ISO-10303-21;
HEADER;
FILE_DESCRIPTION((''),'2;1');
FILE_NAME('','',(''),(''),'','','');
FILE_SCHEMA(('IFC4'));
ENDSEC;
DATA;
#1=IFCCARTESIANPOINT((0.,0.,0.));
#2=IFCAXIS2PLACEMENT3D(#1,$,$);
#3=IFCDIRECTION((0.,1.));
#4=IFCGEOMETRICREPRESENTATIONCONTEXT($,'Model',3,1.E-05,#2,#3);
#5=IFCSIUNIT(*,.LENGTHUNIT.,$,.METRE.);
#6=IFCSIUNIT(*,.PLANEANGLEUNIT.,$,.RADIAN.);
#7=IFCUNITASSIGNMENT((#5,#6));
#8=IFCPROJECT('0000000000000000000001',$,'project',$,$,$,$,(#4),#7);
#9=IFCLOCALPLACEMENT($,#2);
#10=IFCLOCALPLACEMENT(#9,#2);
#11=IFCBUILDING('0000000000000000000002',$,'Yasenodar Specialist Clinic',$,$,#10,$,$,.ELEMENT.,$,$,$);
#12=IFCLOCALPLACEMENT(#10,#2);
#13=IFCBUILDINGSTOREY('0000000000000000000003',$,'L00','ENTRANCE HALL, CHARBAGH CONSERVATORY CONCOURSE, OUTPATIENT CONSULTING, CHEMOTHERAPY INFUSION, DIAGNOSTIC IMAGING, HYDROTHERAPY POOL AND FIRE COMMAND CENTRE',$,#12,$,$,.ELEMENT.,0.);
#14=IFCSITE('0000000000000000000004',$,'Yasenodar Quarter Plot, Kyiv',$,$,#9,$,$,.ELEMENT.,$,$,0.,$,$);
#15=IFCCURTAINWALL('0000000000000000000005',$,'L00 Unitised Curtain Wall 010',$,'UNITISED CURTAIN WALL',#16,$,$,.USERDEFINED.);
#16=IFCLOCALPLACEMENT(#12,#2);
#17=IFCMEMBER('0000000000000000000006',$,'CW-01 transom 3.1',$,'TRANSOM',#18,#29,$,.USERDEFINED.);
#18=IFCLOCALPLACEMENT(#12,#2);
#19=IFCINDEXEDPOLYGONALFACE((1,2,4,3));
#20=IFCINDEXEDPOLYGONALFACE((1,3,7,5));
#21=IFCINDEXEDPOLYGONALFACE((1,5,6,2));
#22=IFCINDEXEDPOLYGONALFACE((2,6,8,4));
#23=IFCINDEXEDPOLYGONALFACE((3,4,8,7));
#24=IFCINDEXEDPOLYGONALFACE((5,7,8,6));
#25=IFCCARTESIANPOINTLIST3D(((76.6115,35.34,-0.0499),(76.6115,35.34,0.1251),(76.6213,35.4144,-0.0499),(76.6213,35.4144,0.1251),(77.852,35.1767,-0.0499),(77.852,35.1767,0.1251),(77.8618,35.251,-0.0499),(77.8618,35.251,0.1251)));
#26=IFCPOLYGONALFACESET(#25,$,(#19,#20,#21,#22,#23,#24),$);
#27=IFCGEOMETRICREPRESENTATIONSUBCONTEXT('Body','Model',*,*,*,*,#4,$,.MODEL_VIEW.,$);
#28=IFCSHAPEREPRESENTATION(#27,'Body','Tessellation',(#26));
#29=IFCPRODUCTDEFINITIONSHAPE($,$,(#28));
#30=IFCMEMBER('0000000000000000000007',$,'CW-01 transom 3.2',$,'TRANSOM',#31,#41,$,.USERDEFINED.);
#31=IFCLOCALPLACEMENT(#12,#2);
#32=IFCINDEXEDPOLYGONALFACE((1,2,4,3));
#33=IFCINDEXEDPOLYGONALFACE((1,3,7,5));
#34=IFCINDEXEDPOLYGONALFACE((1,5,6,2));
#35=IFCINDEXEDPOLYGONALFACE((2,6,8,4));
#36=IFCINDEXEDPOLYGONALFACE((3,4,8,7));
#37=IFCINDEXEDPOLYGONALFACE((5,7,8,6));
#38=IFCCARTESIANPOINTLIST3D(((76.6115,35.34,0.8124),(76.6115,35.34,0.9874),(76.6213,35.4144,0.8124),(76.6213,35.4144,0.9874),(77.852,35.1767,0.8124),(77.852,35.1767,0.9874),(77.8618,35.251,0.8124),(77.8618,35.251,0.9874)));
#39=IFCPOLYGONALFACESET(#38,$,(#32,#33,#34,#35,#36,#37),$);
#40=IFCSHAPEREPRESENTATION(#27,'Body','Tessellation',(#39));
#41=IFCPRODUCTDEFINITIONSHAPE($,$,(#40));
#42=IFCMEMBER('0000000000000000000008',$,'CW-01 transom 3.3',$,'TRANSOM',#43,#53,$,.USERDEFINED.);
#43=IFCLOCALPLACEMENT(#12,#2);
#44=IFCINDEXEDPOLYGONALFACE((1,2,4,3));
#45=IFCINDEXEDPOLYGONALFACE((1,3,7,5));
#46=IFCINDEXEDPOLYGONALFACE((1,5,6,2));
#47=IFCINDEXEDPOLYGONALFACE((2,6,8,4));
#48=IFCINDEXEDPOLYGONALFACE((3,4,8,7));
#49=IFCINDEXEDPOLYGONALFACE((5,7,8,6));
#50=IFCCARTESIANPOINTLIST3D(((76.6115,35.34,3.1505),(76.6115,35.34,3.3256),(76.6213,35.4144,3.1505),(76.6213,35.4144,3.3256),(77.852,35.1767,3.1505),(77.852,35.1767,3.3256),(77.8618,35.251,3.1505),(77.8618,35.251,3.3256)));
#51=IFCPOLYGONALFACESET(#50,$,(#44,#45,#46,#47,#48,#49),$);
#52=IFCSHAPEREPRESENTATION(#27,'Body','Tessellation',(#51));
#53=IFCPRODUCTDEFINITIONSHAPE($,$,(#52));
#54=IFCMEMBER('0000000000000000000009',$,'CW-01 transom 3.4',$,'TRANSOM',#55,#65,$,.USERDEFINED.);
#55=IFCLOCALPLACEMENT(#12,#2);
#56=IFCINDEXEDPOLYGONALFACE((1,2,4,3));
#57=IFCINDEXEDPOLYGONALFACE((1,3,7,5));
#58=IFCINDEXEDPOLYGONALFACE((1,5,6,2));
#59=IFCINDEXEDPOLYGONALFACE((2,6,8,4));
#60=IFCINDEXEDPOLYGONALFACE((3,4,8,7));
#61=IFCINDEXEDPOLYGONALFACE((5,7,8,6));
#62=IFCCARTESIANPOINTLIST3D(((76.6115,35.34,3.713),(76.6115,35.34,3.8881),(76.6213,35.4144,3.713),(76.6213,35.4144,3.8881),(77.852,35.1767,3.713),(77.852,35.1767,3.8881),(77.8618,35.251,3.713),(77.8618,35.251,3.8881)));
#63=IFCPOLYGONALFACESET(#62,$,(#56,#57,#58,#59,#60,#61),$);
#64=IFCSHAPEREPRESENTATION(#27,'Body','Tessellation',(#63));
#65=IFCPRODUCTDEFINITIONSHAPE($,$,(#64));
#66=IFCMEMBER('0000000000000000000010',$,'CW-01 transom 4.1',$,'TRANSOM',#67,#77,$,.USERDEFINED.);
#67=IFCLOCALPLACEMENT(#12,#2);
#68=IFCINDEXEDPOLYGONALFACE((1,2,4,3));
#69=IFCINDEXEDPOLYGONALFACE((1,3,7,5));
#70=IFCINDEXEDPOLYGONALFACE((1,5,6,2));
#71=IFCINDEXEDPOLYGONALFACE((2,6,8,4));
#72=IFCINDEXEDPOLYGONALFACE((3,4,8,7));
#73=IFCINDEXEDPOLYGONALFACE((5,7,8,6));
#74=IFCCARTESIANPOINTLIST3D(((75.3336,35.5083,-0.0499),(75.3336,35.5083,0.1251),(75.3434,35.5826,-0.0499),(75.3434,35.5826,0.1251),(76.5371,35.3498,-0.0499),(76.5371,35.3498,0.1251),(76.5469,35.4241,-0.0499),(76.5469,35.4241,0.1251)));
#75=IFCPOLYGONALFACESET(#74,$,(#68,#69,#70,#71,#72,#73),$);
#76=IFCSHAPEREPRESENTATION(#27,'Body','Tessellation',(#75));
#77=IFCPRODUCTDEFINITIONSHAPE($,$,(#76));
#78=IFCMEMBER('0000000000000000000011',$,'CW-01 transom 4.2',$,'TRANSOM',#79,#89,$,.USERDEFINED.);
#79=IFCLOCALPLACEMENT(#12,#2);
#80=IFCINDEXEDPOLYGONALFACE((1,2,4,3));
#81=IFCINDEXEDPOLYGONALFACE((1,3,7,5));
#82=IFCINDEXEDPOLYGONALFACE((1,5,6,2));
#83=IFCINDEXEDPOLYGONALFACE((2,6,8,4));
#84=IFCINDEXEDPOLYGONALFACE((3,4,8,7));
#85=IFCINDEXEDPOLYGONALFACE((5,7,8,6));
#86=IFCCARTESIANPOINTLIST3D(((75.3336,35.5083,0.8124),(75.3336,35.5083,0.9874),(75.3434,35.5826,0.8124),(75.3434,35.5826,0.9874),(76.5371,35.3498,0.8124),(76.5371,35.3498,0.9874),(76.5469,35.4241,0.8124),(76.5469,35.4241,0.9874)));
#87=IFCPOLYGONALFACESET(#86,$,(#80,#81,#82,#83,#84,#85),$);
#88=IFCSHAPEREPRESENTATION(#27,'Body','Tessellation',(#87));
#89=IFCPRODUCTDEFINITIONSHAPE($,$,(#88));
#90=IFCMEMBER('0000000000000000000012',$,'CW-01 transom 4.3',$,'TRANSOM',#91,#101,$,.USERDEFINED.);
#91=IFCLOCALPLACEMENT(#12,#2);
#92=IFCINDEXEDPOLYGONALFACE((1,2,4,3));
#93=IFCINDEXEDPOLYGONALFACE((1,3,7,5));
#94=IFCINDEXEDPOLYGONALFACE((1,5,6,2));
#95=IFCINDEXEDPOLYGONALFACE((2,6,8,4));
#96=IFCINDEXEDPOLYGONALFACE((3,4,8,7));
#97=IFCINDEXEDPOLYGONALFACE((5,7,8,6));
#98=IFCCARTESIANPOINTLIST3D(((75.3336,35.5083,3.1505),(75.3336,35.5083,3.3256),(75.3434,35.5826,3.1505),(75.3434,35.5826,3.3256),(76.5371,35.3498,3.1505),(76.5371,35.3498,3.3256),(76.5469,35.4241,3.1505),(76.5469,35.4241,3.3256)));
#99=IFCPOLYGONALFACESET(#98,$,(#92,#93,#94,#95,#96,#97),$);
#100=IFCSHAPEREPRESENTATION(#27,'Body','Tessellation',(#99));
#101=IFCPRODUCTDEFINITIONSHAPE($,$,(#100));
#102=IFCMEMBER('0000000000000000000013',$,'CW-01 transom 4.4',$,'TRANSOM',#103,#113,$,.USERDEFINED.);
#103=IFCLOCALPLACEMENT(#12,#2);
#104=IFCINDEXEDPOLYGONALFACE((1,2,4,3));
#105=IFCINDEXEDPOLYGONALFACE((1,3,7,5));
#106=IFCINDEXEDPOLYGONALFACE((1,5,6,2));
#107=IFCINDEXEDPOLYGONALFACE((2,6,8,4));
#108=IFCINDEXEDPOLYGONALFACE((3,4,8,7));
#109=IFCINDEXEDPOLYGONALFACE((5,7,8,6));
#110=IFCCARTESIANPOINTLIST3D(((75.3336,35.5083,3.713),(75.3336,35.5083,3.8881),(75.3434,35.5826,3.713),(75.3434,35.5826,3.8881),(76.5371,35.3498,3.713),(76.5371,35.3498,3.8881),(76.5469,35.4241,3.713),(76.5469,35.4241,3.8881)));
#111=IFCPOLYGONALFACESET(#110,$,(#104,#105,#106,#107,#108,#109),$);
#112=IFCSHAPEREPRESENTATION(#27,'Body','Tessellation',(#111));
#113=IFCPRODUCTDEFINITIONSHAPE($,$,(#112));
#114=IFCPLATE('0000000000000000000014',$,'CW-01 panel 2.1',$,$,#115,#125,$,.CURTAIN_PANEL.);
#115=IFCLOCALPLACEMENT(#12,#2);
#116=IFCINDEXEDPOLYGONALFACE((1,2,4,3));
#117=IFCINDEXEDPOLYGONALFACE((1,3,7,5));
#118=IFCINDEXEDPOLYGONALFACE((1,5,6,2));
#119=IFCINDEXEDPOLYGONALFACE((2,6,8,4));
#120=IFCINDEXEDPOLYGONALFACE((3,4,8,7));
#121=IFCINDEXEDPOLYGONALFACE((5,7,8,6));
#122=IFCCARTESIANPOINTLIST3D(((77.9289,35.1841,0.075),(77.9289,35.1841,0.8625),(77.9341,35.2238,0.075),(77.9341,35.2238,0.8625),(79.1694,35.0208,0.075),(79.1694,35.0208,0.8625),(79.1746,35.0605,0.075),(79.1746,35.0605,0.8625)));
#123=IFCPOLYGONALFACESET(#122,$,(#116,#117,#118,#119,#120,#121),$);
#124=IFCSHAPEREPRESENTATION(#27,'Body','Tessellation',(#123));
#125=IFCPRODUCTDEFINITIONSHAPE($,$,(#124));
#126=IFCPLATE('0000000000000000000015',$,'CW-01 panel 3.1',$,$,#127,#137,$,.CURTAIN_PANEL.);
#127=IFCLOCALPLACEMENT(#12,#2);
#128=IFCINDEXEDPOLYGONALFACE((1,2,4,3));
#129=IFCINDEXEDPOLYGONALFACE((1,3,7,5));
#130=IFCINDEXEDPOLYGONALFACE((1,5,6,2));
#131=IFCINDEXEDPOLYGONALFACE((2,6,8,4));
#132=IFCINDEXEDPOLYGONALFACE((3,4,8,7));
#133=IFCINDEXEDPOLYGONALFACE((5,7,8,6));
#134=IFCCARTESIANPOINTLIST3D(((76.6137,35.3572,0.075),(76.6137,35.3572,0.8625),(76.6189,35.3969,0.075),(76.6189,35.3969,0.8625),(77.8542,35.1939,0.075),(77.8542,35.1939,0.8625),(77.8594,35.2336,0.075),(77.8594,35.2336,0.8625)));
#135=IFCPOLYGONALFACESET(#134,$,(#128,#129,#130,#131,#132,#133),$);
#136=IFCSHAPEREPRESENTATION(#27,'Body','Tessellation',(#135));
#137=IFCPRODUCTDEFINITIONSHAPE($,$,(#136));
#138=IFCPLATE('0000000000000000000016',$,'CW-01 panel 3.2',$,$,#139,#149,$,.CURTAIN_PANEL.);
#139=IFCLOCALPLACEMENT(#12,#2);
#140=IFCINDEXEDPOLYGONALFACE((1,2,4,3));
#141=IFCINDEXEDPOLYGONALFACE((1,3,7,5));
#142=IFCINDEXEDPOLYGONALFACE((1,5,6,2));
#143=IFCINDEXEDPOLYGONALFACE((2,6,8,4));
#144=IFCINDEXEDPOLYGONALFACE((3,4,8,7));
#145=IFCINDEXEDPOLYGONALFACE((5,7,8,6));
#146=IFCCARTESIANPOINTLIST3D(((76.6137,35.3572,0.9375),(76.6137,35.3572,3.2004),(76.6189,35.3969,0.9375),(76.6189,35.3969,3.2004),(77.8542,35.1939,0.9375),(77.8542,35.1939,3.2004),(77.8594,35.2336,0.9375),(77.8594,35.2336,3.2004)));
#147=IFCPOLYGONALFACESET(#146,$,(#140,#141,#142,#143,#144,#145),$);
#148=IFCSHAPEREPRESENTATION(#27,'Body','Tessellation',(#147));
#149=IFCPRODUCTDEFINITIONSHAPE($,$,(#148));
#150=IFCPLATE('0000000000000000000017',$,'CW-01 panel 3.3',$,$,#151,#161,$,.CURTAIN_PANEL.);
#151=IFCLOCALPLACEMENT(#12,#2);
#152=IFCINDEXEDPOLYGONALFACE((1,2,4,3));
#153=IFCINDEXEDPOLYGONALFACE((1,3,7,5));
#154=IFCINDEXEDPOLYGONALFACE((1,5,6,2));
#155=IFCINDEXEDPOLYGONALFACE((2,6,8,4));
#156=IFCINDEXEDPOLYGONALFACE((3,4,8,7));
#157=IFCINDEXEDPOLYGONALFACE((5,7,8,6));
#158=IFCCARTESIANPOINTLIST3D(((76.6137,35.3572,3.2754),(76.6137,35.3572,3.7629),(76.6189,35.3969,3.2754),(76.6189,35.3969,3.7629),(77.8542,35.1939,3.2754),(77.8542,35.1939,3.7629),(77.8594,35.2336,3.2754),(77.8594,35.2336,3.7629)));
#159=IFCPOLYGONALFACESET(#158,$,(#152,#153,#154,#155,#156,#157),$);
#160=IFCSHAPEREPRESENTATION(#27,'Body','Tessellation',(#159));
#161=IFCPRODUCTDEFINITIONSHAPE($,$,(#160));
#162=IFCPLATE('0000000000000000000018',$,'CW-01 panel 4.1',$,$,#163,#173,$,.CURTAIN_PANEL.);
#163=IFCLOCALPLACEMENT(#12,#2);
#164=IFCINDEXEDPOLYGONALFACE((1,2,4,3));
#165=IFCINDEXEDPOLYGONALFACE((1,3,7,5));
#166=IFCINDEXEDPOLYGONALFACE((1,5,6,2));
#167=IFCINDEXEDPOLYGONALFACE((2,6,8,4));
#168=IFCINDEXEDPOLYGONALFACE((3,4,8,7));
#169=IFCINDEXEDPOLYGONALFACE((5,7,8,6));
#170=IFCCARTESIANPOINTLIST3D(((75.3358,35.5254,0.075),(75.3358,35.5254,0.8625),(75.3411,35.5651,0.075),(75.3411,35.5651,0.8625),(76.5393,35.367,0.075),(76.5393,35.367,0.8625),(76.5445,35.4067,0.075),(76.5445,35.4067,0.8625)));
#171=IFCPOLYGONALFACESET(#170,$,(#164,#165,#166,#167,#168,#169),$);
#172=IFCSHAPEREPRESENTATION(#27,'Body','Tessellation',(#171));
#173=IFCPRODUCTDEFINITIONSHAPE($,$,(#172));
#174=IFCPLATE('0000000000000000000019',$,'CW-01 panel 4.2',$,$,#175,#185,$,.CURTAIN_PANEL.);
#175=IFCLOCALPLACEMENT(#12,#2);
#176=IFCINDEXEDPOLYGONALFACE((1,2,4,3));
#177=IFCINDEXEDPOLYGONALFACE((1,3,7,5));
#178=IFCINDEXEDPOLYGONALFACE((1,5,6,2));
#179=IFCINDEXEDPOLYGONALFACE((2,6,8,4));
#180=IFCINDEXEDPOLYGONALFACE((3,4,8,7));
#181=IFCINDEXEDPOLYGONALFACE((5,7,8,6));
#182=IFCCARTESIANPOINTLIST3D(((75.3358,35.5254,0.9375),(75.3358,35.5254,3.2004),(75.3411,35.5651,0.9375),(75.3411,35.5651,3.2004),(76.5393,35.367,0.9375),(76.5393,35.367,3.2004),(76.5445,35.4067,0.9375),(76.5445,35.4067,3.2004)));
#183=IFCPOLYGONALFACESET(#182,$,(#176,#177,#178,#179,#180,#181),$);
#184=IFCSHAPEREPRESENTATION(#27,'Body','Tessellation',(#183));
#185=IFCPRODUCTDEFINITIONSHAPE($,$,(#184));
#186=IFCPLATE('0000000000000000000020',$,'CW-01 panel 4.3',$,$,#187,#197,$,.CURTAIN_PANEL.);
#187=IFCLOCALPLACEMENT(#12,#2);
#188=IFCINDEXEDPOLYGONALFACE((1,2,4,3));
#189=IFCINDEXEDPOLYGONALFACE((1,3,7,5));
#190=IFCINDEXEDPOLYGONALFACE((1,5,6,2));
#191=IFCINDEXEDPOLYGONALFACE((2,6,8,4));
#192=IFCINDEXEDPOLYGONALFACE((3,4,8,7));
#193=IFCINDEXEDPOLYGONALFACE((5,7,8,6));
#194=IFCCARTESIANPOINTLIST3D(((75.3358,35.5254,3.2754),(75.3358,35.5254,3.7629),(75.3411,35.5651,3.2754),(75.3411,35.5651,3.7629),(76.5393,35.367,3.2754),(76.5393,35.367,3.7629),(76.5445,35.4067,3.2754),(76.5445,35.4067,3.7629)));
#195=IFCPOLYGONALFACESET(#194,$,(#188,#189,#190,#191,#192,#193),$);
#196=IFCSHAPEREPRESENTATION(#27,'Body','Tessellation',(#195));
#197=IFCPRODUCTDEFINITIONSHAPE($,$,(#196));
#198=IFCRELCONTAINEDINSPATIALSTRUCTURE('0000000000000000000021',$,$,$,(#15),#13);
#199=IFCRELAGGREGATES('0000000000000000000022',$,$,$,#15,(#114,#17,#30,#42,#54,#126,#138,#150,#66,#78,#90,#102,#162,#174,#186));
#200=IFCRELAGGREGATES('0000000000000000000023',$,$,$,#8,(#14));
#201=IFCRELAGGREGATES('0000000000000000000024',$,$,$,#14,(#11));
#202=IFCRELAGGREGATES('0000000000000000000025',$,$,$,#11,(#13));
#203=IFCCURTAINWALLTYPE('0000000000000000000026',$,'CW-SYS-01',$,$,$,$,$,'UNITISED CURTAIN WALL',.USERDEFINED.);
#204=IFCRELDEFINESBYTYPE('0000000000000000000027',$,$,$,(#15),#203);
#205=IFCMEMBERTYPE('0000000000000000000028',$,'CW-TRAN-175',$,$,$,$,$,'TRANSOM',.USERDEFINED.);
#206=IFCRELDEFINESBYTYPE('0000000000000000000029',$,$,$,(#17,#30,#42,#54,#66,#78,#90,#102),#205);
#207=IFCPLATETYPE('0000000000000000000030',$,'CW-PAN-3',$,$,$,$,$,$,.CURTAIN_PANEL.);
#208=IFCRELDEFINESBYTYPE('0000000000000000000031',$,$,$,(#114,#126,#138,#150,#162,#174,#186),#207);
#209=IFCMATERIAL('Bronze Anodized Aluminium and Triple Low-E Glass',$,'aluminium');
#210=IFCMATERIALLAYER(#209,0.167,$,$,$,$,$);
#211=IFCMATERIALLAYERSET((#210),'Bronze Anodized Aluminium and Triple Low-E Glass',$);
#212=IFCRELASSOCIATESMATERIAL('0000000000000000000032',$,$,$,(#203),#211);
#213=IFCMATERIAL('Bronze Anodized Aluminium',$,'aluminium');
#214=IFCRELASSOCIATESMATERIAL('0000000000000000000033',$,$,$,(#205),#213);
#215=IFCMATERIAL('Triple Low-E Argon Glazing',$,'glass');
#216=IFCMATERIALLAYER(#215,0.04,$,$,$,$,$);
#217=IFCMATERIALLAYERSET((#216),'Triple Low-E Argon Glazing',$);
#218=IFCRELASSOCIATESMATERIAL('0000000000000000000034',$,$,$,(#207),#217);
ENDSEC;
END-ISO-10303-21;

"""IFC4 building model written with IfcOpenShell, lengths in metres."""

from ifc_helpers import new_model, si_unit, direction, frame, origin, origin_2d, place, context, subcontext, project, spatial, rectangle, extrude, material, layer, layer_set, material_profile, profile_set, type_object, element, aggregate, save


model = new_model("IFC4")

# Units and contexts
model_context = context("Model", 3, precision=1e-05, world=origin(), true_north=direction((0.0, 1.0)))
body_context = subcontext(model_context, "Body", "Model", "MODEL_VIEW")
ifc_project = project(units=[si_unit("LENGTHUNIT", "METRE"), si_unit("PLANEANGLEUNIT", "RADIAN")], contexts=[model_context])

# Site, building, storey
site_placement = place(None, origin())
site = spatial("IfcSite", under=ifc_project, at=site_placement, Name="Yasenodar Quarter Plot, Kyiv", CompositionType="ELEMENT", RefElevation=0.0)
building_placement = place(site_placement, origin())
building = spatial("IfcBuilding", under=site, at=building_placement, Name="Yasenodar Specialist Clinic", CompositionType="ELEMENT")
storey_placement = place(building_placement, origin())
storey = spatial("IfcBuildingStorey", under=building, at=storey_placement, Name="L00", Description="ENTRANCE HALL, CHARBAGH CONSERVATORY CONCOURSE, OUTPATIENT CONSULTING, CHEMOTHERAPY INFUSION, DIAGNOSTIC IMAGING, HYDROTHERAPY POOL AND FIRE COMMAND CENTRE", CompositionType="ELEMENT", Elevation=0.0)

# Curtain wall, members, plates
ifc_material_1 = material(Name="Bronze Anodized Aluminium and Triple Low-E Glass", Category="aluminium")
ifc_layer_1 = layer(ifc_material_1, 0.167)
ifc_layer_set_1 = layer_set([ifc_layer_1], Name="Bronze Anodized Aluminium and Triple Low-E Glass")
curtain_wall_type = type_object("IfcCurtainWallType", Name="CW-SYS-01", ElementType="UNITISED CURTAIN WALL", PredefinedType="USERDEFINED", material=ifc_layer_set_1)
curtain_wall_placement = place(storey_placement, origin())
curtain_wall = element("IfcCurtainWall", 1, at=curtain_wall_placement, inside=storey, type_object=curtain_wall_type, Name="L00 Unitised Curtain Wall 010", ObjectType="UNITISED CURTAIN WALL", PredefinedType="USERDEFINED")
ifc_material_2 = material(Name="Bronze Anodized Aluminium", Category="aluminium")
ifc_material_profile_1 = material_profile(ifc_material_2, rectangle(XDim=0.075, YDim=0.175, at=origin_2d()), Name="CW-TRAN 75x175")
ifc_profile_set_1 = profile_set([ifc_material_profile_1], Name="Bronze Anodized Aluminium")
member_type_1 = type_object("IfcMemberType", Name="CW-TRAN-175", ElementType="TRANSOM", PredefinedType="USERDEFINED", material=ifc_profile_set_1)
member_1_placement = place(storey_placement, frame((77.8569, 35.2139, 0.0376), z_axis=(-0.991443, 0.13054, 0.0), x_axis=(-0.13054, -0.991443, 0.0)))
member_1 = element("IfcMember", 2, at=member_1_placement, type_object=member_type_1, Name="CW-01 transom 3.1", ObjectType="TRANSOM", PredefinedType="USERDEFINED", context=body_context, shape_type="SweptSolid", body=[
    extrude(rectangle(XDim=0.075, YDim=0.175, at=origin_2d()), origin(), (0.0, 0.0, 1.0), 1.2512),
])
member_2_placement = place(storey_placement, frame((77.8569, 35.2139, 0.8999), z_axis=(-0.991443, 0.13054, 0.0), x_axis=(-0.13054, -0.991443, 0.0)))
member_2 = element("IfcMember", 3, at=member_2_placement, type_object=member_type_1, Name="CW-01 transom 3.2", ObjectType="TRANSOM", PredefinedType="USERDEFINED", context=body_context, shape_type="SweptSolid", body=[
    extrude(rectangle(XDim=0.075, YDim=0.175, at=origin_2d()), origin(), (0.0, 0.0, 1.0), 1.2512),
])
member_3_placement = place(storey_placement, frame((77.8569, 35.2139, 3.238), z_axis=(-0.991443, 0.13054, 0.0), x_axis=(-0.13054, -0.991443, 0.0)))
member_3 = element("IfcMember", 4, at=member_3_placement, type_object=member_type_1, Name="CW-01 transom 3.3", ObjectType="TRANSOM", PredefinedType="USERDEFINED", context=body_context, shape_type="SweptSolid", body=[
    extrude(rectangle(XDim=0.075, YDim=0.175, at=origin_2d()), origin(), (0.0, 0.0, 1.0), 1.2512),
])
member_4_placement = place(storey_placement, frame((77.8569, 35.2139, 3.8005), z_axis=(-0.991443, 0.13054, 0.0), x_axis=(-0.13054, -0.991443, 0.0)))
member_4 = element("IfcMember", 5, at=member_4_placement, type_object=member_type_1, Name="CW-01 transom 3.4", ObjectType="TRANSOM", PredefinedType="USERDEFINED", context=body_context, shape_type="SweptSolid", body=[
    extrude(rectangle(XDim=0.075, YDim=0.175, at=origin_2d()), origin(), (0.0, 0.0, 1.0), 1.2512),
])
member_5_placement = place(storey_placement, frame((76.542, 35.387, 0.0376), z_axis=(-0.991443, 0.130543, 0.0), x_axis=(-0.130543, -0.991443, 0.0)))
member_5 = element("IfcMember", 6, at=member_5_placement, type_object=member_type_1, Name="CW-01 transom 4.1", ObjectType="TRANSOM", PredefinedType="USERDEFINED", context=body_context, shape_type="SweptSolid", body=[
    extrude(rectangle(XDim=0.075, YDim=0.175, at=origin_2d()), origin(), (0.0, 0.0, 1.0), 1.2139),
])
member_6_placement = place(storey_placement, frame((76.542, 35.387, 0.8999), z_axis=(-0.991443, 0.130543, 0.0), x_axis=(-0.130543, -0.991443, 0.0)))
member_6 = element("IfcMember", 7, at=member_6_placement, type_object=member_type_1, Name="CW-01 transom 4.2", ObjectType="TRANSOM", PredefinedType="USERDEFINED", context=body_context, shape_type="SweptSolid", body=[
    extrude(rectangle(XDim=0.075, YDim=0.175, at=origin_2d()), origin(), (0.0, 0.0, 1.0), 1.2139),
])
member_7_placement = place(storey_placement, frame((76.542, 35.387, 3.238), z_axis=(-0.991443, 0.130543, 0.0), x_axis=(-0.130543, -0.991443, 0.0)))
member_7 = element("IfcMember", 8, at=member_7_placement, type_object=member_type_1, Name="CW-01 transom 4.3", ObjectType="TRANSOM", PredefinedType="USERDEFINED", context=body_context, shape_type="SweptSolid", body=[
    extrude(rectangle(XDim=0.075, YDim=0.175, at=origin_2d()), origin(), (0.0, 0.0, 1.0), 1.2139),
])
member_8_placement = place(storey_placement, frame((76.542, 35.387, 3.8005), z_axis=(-0.991443, 0.130543, 0.0), x_axis=(-0.130543, -0.991443, 0.0)))
member_8 = element("IfcMember", 9, at=member_8_placement, type_object=member_type_1, Name="CW-01 transom 4.4", ObjectType="TRANSOM", PredefinedType="USERDEFINED", context=body_context, shape_type="SweptSolid", body=[
    extrude(rectangle(XDim=0.075, YDim=0.175, at=origin_2d()), origin(), (0.0, 0.0, 1.0), 1.2139),
])
ifc_material_3 = material(Name="Triple Low-E Argon Glazing", Category="glass")
ifc_layer_2 = layer(ifc_material_3, 0.04)
ifc_layer_set_2 = layer_set([ifc_layer_2], Name="Triple Low-E Argon Glazing")
plate_type = type_object("IfcPlateType", Name="CW-PAN-3", PredefinedType="CURTAIN_PANEL", material=ifc_layer_set_2)
plate_1_placement = place(storey_placement, frame((78.5518, 35.1223, 0.075), z_axis=(0.0, 0.0, 1.0), x_axis=(-0.991447, 0.130512, 0.0)))
plate_1 = element("IfcPlate", 10, at=plate_1_placement, type_object=plate_type, Name="CW-01 panel 2.1", PredefinedType="CURTAIN_PANEL", context=body_context, shape_type="SweptSolid", body=[
    extrude(rectangle(XDim=1.2512, YDim=0.04, at=origin_2d()), origin(), (0.0, 0.0, 1.0), 0.7876),
])
plate_2_placement = place(storey_placement, frame((77.2366, 35.2954, 0.075), z_axis=(0.0, 0.0, 1.0), x_axis=(-0.991447, 0.130512, 0.0)))
plate_2 = element("IfcPlate", 11, at=plate_2_placement, type_object=plate_type, Name="CW-01 panel 3.1", PredefinedType="CURTAIN_PANEL", context=body_context, shape_type="SweptSolid", body=[
    extrude(rectangle(XDim=1.2512, YDim=0.04, at=origin_2d()), origin(), (0.0, 0.0, 1.0), 0.7876),
])
plate_3_placement = place(storey_placement, frame((77.2366, 35.2954, 0.9375), z_axis=(0.0, 0.0, 1.0), x_axis=(-0.991447, 0.130512, 0.0)))
plate_3 = element("IfcPlate", 12, at=plate_3_placement, type_object=plate_type, Name="CW-01 panel 3.2", PredefinedType="CURTAIN_PANEL", context=body_context, shape_type="SweptSolid", body=[
    extrude(rectangle(XDim=1.2512, YDim=0.04, at=origin_2d()), origin(), (0.0, 0.0, 1.0), 2.2629),
])
plate_4_placement = place(storey_placement, frame((77.2366, 35.2954, 3.2754), z_axis=(0.0, 0.0, 1.0), x_axis=(-0.991447, 0.130512, 0.0)))
plate_4 = element("IfcPlate", 13, at=plate_4_placement, type_object=plate_type, Name="CW-01 panel 3.3", PredefinedType="CURTAIN_PANEL", context=body_context, shape_type="SweptSolid", body=[
    extrude(rectangle(XDim=1.2512, YDim=0.04, at=origin_2d()), origin(), (0.0, 0.0, 1.0), 0.4875),
])
plate_5_placement = place(storey_placement, frame((75.9402, 35.4661, 0.075), z_axis=(0.0, 0.0, 1.0), x_axis=(-0.991447, 0.130512, 0.0)))
plate_5 = element("IfcPlate", 14, at=plate_5_placement, type_object=plate_type, Name="CW-01 panel 4.1", PredefinedType="CURTAIN_PANEL", context=body_context, shape_type="SweptSolid", body=[
    extrude(rectangle(XDim=1.2139, YDim=0.04, at=origin_2d()), origin(), (0.0, 0.0, 1.0), 0.7876),
])
plate_6_placement = place(storey_placement, frame((75.9402, 35.4661, 0.9375), z_axis=(0.0, 0.0, 1.0), x_axis=(-0.991447, 0.130512, 0.0)))
plate_6 = element("IfcPlate", 15, at=plate_6_placement, type_object=plate_type, Name="CW-01 panel 4.2", PredefinedType="CURTAIN_PANEL", context=body_context, shape_type="SweptSolid", body=[
    extrude(rectangle(XDim=1.2139, YDim=0.04, at=origin_2d()), origin(), (0.0, 0.0, 1.0), 2.2629),
])
plate_7_placement = place(storey_placement, frame((75.9402, 35.4661, 3.2754), z_axis=(0.0, 0.0, 1.0), x_axis=(-0.991447, 0.130512, 0.0)))
plate_7 = element("IfcPlate", 16, at=plate_7_placement, type_object=plate_type, Name="CW-01 panel 4.3", PredefinedType="CURTAIN_PANEL", context=body_context, shape_type="SweptSolid", body=[
    extrude(rectangle(XDim=1.2139, YDim=0.04, at=origin_2d()), origin(), (0.0, 0.0, 1.0), 0.4875),
])
aggregate(curtain_wall, [plate_1, member_1, member_2, member_3, member_4, plate_2, plate_3, plate_4, member_5, member_6, member_7, member_8, plate_5, plate_6, plate_7])

save(model, "model.ifc")
